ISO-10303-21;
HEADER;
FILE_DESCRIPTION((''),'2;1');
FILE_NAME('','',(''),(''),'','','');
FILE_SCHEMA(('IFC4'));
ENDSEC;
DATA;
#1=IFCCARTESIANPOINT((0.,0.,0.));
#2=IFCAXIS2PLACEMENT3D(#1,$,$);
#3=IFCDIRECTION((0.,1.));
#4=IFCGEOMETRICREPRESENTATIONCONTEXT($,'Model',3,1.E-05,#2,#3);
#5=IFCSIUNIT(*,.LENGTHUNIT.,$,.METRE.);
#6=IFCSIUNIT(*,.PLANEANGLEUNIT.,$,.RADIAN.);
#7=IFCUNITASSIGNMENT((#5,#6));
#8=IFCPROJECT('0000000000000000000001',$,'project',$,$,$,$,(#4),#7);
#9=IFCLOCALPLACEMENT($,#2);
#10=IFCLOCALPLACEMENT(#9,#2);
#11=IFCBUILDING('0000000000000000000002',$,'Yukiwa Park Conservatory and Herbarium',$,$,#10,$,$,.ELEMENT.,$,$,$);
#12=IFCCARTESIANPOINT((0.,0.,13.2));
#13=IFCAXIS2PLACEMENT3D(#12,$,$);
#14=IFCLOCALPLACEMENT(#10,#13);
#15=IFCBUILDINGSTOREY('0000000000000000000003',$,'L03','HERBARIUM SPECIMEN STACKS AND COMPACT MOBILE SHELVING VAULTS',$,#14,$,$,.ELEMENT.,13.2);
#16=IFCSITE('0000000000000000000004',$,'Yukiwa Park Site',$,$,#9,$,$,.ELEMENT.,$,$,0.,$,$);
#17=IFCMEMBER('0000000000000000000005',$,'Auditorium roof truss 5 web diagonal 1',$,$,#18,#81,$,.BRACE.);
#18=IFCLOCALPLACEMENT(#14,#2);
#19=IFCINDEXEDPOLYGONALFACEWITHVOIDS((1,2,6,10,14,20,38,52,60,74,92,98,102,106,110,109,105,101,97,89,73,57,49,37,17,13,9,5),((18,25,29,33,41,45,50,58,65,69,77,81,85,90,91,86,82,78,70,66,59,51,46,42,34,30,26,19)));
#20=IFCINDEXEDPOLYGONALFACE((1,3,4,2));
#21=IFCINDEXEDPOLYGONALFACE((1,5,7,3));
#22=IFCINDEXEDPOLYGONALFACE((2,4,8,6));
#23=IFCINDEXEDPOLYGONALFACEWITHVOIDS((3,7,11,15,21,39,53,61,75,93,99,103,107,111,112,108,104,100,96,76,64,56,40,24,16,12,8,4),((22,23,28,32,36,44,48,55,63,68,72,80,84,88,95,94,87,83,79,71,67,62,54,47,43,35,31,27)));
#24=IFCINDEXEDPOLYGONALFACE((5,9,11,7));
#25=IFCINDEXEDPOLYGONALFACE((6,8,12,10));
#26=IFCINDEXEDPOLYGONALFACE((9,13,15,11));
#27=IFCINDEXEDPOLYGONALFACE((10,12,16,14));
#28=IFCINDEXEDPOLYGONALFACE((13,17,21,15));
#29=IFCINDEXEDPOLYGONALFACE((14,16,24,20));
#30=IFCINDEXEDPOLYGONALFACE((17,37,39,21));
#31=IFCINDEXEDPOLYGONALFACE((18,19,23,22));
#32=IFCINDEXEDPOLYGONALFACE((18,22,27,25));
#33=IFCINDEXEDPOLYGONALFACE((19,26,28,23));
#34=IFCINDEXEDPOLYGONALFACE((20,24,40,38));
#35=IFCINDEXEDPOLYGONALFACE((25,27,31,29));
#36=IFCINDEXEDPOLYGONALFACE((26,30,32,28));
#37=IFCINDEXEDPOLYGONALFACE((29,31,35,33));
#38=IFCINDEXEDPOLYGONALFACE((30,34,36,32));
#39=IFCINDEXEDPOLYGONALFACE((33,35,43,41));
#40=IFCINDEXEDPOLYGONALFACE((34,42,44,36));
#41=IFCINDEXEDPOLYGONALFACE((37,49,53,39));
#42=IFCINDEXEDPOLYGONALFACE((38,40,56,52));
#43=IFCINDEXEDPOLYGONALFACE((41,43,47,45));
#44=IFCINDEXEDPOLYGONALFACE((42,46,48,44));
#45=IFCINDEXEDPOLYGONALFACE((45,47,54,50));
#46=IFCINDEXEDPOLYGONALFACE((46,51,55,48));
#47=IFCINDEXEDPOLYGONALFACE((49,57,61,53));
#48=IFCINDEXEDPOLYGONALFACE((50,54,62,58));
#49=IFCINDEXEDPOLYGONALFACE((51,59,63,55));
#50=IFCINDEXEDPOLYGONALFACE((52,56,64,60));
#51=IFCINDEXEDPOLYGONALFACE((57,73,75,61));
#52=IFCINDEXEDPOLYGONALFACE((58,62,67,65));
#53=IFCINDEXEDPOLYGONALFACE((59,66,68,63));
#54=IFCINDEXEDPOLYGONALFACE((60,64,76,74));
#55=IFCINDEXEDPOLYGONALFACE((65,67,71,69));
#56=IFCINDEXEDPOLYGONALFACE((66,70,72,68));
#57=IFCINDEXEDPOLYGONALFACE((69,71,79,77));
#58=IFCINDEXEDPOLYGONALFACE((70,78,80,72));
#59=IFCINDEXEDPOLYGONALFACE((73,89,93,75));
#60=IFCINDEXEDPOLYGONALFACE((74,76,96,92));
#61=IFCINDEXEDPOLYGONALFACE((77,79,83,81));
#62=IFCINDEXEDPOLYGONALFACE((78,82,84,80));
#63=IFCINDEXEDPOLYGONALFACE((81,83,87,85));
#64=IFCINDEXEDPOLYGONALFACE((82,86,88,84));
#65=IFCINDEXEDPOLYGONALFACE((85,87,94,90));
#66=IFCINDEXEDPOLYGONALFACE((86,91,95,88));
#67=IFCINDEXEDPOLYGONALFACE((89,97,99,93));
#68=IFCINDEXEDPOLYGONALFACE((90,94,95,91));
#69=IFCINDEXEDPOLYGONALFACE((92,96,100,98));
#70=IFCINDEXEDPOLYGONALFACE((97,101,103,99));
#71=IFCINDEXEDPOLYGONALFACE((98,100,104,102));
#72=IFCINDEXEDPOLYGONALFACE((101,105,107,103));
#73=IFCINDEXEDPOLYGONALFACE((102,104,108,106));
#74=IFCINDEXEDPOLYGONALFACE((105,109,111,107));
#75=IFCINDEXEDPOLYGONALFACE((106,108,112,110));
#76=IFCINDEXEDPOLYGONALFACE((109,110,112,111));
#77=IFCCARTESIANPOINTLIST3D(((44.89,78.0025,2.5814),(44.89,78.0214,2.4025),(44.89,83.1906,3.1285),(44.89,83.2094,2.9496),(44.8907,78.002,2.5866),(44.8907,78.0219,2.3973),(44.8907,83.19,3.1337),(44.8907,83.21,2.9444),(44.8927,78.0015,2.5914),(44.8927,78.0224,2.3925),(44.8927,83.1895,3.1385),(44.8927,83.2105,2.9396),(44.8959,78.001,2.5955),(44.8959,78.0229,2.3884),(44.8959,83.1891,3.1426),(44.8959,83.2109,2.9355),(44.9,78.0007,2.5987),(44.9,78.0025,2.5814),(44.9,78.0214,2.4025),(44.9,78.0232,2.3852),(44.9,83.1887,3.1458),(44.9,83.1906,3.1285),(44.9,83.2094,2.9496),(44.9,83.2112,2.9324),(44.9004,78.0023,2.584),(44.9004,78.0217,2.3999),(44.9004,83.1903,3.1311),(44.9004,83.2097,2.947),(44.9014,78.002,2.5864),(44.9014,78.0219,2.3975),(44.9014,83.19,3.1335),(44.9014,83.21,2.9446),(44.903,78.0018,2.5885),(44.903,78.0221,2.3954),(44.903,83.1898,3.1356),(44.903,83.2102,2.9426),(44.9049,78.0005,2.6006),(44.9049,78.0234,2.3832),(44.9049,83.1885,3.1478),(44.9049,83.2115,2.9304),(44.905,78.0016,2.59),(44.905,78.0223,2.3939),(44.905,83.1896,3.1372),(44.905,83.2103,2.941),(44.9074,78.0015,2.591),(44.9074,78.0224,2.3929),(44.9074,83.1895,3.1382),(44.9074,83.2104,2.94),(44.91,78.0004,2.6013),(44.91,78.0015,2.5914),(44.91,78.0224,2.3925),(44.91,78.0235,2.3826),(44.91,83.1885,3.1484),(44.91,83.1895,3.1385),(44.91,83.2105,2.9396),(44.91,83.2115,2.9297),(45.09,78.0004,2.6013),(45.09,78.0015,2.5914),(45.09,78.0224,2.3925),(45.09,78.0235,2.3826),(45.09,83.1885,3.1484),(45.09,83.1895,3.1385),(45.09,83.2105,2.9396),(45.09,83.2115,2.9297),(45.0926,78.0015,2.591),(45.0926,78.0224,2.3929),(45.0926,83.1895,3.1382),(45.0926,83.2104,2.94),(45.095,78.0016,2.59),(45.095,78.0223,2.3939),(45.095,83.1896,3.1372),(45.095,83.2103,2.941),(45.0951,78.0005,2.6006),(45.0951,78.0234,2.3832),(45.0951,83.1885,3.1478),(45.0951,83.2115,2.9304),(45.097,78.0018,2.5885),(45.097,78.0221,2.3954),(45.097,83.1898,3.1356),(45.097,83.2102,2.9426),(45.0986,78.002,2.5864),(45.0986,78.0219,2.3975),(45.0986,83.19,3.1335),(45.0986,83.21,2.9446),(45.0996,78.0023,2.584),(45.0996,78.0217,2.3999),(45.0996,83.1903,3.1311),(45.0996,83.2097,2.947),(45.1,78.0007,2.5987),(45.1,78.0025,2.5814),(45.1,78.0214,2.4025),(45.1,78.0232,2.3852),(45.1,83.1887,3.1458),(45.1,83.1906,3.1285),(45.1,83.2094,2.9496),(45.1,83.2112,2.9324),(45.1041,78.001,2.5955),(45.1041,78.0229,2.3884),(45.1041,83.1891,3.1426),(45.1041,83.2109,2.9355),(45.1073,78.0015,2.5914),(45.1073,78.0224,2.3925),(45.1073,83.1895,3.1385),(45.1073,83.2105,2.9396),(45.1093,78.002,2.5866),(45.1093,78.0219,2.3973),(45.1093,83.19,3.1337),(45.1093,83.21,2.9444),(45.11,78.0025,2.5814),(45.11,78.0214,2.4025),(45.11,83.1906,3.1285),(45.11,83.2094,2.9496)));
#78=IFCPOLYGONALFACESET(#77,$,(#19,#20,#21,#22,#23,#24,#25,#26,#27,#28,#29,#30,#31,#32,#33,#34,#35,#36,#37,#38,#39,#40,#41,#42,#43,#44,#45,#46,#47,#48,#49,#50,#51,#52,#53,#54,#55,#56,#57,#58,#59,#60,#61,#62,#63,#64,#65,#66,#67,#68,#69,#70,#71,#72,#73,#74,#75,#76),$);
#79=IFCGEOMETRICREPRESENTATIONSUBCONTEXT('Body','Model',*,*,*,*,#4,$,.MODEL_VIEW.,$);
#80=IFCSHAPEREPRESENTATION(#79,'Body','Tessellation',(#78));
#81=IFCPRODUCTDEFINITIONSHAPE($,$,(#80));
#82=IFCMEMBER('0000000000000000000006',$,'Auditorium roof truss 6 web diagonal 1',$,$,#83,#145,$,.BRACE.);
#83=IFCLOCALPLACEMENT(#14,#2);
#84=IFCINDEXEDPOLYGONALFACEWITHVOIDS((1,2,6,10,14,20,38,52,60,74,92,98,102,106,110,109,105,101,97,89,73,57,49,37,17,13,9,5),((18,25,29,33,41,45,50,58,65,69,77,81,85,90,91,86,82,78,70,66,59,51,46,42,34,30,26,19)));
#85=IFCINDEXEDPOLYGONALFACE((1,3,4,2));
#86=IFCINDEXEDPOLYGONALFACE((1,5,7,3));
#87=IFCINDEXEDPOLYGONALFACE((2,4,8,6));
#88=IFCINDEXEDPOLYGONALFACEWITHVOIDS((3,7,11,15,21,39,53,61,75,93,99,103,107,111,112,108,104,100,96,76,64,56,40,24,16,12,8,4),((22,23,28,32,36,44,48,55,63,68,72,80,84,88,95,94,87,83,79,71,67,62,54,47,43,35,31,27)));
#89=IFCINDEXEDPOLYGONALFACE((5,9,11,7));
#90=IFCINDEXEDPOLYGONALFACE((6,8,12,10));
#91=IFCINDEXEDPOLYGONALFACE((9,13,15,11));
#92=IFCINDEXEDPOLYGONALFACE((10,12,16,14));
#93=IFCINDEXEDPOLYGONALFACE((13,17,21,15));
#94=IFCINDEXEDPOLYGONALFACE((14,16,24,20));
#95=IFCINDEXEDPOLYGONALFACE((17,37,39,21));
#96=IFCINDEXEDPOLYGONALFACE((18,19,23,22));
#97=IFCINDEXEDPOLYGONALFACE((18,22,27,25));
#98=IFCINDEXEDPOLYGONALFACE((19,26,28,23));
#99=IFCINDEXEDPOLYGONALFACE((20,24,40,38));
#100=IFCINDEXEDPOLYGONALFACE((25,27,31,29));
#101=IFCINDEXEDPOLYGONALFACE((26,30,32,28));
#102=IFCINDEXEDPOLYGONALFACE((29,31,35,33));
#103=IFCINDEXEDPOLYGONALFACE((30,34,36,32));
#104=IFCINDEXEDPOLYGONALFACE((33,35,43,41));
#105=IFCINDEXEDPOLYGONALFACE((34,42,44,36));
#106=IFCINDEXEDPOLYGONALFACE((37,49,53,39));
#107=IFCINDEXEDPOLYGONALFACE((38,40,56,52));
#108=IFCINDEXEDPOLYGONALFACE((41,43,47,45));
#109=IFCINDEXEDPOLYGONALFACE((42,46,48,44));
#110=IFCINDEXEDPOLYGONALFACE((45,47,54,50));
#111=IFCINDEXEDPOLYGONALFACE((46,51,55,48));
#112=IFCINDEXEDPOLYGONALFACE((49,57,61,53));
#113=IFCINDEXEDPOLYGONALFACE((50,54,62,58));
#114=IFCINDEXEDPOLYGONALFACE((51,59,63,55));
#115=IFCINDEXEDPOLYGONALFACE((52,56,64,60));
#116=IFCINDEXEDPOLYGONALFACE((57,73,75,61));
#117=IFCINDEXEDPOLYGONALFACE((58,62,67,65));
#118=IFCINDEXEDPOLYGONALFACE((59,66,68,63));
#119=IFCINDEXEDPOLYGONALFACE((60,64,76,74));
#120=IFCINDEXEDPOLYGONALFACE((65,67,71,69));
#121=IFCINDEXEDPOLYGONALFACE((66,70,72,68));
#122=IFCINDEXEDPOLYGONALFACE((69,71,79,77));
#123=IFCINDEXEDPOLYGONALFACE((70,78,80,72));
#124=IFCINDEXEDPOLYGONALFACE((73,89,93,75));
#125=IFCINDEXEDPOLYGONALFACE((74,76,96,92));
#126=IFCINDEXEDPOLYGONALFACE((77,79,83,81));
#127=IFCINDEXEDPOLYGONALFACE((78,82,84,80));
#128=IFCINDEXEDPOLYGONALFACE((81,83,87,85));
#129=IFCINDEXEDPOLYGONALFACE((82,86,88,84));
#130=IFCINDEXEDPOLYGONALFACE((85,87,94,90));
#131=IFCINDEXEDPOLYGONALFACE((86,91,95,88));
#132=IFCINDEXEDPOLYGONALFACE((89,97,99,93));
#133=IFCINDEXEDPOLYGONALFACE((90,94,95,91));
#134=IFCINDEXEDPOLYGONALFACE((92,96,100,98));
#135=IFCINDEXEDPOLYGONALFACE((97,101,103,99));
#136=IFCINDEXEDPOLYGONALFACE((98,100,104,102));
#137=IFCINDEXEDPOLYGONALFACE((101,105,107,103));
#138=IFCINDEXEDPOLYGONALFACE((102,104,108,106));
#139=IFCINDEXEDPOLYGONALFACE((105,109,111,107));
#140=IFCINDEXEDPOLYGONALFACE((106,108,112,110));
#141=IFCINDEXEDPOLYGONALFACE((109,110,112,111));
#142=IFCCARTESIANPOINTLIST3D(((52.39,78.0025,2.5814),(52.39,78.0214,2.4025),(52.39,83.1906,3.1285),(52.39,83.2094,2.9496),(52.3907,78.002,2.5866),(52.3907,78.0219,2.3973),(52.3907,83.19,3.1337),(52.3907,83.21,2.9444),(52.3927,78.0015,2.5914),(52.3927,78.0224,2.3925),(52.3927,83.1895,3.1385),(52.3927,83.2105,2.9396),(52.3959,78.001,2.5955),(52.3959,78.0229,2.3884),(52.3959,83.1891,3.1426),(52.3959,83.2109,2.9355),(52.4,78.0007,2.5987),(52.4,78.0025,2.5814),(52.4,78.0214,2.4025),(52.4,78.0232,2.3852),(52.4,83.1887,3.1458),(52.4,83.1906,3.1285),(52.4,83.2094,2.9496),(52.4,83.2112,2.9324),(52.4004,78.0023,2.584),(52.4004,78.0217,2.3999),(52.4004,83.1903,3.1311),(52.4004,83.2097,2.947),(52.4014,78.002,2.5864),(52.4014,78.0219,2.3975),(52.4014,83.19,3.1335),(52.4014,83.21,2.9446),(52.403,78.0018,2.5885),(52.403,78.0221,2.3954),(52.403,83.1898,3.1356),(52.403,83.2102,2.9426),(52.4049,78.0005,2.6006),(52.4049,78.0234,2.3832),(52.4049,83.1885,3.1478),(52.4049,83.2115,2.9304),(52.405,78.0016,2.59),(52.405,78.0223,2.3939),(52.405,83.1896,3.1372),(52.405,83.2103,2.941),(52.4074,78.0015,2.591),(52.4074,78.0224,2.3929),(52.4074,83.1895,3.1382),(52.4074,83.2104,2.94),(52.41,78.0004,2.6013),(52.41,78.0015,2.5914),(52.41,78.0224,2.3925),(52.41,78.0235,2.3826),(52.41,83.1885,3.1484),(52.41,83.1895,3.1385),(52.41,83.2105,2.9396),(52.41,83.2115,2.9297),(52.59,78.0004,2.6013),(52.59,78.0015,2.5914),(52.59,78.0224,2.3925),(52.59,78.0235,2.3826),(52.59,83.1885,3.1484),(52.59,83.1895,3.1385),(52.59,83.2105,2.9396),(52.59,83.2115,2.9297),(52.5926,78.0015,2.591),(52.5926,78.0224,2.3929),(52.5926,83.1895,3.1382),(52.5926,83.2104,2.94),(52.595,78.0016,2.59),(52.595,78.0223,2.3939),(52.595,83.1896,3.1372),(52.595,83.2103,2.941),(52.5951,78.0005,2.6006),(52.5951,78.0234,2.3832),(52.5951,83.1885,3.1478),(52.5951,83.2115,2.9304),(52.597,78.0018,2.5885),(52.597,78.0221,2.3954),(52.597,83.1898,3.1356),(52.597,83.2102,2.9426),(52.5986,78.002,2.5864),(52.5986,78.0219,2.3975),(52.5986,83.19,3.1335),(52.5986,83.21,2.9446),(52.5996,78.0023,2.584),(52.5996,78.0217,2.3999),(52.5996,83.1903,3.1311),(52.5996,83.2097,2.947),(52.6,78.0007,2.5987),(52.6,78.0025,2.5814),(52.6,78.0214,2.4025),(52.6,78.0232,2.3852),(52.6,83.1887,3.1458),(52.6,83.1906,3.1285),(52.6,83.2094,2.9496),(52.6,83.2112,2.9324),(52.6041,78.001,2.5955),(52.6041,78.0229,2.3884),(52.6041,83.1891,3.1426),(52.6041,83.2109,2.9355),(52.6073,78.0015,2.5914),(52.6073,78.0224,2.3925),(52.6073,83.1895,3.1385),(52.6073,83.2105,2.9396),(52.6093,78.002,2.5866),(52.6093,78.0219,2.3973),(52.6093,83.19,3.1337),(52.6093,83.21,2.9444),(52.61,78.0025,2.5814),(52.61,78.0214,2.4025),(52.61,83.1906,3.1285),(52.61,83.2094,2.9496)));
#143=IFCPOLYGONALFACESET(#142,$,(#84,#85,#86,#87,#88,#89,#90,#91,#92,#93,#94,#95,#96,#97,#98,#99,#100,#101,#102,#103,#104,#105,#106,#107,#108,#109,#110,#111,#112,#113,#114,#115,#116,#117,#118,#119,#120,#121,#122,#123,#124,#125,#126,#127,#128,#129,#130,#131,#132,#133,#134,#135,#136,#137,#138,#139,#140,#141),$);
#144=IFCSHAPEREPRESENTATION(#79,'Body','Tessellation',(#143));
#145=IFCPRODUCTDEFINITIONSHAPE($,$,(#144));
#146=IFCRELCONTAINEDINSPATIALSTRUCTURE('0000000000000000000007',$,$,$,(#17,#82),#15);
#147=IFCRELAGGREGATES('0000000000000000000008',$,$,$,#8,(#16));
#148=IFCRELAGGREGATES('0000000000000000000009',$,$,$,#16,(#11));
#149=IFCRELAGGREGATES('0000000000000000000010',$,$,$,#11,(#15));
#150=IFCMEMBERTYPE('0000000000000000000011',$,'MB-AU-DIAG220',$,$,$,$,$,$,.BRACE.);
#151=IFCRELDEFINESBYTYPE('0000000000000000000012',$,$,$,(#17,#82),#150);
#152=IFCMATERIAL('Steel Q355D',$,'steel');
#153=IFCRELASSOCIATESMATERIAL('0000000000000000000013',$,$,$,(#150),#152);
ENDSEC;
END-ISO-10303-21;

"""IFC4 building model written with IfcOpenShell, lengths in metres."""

from ifc_helpers import new_model, si_unit, direction, frame, origin, origin_2d, place, context, subcontext, project, spatial, hollow_rectangle, extrude, material, material_profile, profile_set, type_object, element, save


model = new_model("IFC4")

# Units and contexts
model_context = context("Model", 3, precision=1e-05, world=origin(), true_north=direction((0.0, 1.0)))
body_context = subcontext(model_context, "Body", "Model", "MODEL_VIEW")
ifc_project = project(units=[si_unit("LENGTHUNIT", "METRE"), si_unit("PLANEANGLEUNIT", "RADIAN")], contexts=[model_context])

# Site, building, storey
site_placement = place(None, origin())
site = spatial("IfcSite", under=ifc_project, at=site_placement, Name="Yukiwa Park Site", CompositionType="ELEMENT", RefElevation=0.0)
building_placement = place(site_placement, origin())
building = spatial("IfcBuilding", under=site, at=building_placement, Name="Yukiwa Park Conservatory and Herbarium", CompositionType="ELEMENT")
storey_placement = place(building_placement, frame((0.0, 0.0, 13.2)))
storey = spatial("IfcBuildingStorey", under=building, at=storey_placement, Name="L03", Description="HERBARIUM SPECIMEN STACKS AND COMPACT MOBILE SHELVING VAULTS", CompositionType="ELEMENT", Elevation=13.2)

# Members
ifc_material_1 = material(Name="Steel Q355D", Category="steel")
ifc_material_profile_1 = material_profile(ifc_material_1, hollow_rectangle(XDim=0.22, YDim=0.22, WallThickness=0.01, InnerFilletRadius=0.01, OuterFilletRadius=0.02, at=origin_2d()), Name="SHS 220x220x10")
ifc_profile_set_1 = profile_set([ifc_material_profile_1], Name="Steel Q355D")
member_type_1 = type_object("IfcMemberType", Name="MB-AU-DIAG220", PredefinedType="BRACE", material=ifc_profile_set_1)
for number, where, z_axis, x_axis, name in (
    (1, (45.0, 78.012, 2.4919), (0.0, 0.994485, 0.104877), (-1.0, 0.0, 0.0), "Auditorium roof truss 5 web diagonal 1"),
    (2, (52.5, 78.012, 2.4919), (0.0, 0.994485, 0.104877), (-1.0, 0.0, 0.0), "Auditorium roof truss 6 web diagonal 1"),
):
    element("IfcMember", number, at=place(storey_placement, frame(where, z_axis=z_axis, x_axis=x_axis)), inside=storey, type_object=member_type_1, Name=name, PredefinedType="BRACE", context=body_context, shape_type="SweptSolid", body=[
        extrude(hollow_rectangle(XDim=0.22, YDim=0.22, WallThickness=0.01, InnerFilletRadius=0.01, OuterFilletRadius=0.02, at=origin_2d()), origin(), (0.0, 0.0, 1.0), 5.2168),
    ])

save(model, "model.ifc")
